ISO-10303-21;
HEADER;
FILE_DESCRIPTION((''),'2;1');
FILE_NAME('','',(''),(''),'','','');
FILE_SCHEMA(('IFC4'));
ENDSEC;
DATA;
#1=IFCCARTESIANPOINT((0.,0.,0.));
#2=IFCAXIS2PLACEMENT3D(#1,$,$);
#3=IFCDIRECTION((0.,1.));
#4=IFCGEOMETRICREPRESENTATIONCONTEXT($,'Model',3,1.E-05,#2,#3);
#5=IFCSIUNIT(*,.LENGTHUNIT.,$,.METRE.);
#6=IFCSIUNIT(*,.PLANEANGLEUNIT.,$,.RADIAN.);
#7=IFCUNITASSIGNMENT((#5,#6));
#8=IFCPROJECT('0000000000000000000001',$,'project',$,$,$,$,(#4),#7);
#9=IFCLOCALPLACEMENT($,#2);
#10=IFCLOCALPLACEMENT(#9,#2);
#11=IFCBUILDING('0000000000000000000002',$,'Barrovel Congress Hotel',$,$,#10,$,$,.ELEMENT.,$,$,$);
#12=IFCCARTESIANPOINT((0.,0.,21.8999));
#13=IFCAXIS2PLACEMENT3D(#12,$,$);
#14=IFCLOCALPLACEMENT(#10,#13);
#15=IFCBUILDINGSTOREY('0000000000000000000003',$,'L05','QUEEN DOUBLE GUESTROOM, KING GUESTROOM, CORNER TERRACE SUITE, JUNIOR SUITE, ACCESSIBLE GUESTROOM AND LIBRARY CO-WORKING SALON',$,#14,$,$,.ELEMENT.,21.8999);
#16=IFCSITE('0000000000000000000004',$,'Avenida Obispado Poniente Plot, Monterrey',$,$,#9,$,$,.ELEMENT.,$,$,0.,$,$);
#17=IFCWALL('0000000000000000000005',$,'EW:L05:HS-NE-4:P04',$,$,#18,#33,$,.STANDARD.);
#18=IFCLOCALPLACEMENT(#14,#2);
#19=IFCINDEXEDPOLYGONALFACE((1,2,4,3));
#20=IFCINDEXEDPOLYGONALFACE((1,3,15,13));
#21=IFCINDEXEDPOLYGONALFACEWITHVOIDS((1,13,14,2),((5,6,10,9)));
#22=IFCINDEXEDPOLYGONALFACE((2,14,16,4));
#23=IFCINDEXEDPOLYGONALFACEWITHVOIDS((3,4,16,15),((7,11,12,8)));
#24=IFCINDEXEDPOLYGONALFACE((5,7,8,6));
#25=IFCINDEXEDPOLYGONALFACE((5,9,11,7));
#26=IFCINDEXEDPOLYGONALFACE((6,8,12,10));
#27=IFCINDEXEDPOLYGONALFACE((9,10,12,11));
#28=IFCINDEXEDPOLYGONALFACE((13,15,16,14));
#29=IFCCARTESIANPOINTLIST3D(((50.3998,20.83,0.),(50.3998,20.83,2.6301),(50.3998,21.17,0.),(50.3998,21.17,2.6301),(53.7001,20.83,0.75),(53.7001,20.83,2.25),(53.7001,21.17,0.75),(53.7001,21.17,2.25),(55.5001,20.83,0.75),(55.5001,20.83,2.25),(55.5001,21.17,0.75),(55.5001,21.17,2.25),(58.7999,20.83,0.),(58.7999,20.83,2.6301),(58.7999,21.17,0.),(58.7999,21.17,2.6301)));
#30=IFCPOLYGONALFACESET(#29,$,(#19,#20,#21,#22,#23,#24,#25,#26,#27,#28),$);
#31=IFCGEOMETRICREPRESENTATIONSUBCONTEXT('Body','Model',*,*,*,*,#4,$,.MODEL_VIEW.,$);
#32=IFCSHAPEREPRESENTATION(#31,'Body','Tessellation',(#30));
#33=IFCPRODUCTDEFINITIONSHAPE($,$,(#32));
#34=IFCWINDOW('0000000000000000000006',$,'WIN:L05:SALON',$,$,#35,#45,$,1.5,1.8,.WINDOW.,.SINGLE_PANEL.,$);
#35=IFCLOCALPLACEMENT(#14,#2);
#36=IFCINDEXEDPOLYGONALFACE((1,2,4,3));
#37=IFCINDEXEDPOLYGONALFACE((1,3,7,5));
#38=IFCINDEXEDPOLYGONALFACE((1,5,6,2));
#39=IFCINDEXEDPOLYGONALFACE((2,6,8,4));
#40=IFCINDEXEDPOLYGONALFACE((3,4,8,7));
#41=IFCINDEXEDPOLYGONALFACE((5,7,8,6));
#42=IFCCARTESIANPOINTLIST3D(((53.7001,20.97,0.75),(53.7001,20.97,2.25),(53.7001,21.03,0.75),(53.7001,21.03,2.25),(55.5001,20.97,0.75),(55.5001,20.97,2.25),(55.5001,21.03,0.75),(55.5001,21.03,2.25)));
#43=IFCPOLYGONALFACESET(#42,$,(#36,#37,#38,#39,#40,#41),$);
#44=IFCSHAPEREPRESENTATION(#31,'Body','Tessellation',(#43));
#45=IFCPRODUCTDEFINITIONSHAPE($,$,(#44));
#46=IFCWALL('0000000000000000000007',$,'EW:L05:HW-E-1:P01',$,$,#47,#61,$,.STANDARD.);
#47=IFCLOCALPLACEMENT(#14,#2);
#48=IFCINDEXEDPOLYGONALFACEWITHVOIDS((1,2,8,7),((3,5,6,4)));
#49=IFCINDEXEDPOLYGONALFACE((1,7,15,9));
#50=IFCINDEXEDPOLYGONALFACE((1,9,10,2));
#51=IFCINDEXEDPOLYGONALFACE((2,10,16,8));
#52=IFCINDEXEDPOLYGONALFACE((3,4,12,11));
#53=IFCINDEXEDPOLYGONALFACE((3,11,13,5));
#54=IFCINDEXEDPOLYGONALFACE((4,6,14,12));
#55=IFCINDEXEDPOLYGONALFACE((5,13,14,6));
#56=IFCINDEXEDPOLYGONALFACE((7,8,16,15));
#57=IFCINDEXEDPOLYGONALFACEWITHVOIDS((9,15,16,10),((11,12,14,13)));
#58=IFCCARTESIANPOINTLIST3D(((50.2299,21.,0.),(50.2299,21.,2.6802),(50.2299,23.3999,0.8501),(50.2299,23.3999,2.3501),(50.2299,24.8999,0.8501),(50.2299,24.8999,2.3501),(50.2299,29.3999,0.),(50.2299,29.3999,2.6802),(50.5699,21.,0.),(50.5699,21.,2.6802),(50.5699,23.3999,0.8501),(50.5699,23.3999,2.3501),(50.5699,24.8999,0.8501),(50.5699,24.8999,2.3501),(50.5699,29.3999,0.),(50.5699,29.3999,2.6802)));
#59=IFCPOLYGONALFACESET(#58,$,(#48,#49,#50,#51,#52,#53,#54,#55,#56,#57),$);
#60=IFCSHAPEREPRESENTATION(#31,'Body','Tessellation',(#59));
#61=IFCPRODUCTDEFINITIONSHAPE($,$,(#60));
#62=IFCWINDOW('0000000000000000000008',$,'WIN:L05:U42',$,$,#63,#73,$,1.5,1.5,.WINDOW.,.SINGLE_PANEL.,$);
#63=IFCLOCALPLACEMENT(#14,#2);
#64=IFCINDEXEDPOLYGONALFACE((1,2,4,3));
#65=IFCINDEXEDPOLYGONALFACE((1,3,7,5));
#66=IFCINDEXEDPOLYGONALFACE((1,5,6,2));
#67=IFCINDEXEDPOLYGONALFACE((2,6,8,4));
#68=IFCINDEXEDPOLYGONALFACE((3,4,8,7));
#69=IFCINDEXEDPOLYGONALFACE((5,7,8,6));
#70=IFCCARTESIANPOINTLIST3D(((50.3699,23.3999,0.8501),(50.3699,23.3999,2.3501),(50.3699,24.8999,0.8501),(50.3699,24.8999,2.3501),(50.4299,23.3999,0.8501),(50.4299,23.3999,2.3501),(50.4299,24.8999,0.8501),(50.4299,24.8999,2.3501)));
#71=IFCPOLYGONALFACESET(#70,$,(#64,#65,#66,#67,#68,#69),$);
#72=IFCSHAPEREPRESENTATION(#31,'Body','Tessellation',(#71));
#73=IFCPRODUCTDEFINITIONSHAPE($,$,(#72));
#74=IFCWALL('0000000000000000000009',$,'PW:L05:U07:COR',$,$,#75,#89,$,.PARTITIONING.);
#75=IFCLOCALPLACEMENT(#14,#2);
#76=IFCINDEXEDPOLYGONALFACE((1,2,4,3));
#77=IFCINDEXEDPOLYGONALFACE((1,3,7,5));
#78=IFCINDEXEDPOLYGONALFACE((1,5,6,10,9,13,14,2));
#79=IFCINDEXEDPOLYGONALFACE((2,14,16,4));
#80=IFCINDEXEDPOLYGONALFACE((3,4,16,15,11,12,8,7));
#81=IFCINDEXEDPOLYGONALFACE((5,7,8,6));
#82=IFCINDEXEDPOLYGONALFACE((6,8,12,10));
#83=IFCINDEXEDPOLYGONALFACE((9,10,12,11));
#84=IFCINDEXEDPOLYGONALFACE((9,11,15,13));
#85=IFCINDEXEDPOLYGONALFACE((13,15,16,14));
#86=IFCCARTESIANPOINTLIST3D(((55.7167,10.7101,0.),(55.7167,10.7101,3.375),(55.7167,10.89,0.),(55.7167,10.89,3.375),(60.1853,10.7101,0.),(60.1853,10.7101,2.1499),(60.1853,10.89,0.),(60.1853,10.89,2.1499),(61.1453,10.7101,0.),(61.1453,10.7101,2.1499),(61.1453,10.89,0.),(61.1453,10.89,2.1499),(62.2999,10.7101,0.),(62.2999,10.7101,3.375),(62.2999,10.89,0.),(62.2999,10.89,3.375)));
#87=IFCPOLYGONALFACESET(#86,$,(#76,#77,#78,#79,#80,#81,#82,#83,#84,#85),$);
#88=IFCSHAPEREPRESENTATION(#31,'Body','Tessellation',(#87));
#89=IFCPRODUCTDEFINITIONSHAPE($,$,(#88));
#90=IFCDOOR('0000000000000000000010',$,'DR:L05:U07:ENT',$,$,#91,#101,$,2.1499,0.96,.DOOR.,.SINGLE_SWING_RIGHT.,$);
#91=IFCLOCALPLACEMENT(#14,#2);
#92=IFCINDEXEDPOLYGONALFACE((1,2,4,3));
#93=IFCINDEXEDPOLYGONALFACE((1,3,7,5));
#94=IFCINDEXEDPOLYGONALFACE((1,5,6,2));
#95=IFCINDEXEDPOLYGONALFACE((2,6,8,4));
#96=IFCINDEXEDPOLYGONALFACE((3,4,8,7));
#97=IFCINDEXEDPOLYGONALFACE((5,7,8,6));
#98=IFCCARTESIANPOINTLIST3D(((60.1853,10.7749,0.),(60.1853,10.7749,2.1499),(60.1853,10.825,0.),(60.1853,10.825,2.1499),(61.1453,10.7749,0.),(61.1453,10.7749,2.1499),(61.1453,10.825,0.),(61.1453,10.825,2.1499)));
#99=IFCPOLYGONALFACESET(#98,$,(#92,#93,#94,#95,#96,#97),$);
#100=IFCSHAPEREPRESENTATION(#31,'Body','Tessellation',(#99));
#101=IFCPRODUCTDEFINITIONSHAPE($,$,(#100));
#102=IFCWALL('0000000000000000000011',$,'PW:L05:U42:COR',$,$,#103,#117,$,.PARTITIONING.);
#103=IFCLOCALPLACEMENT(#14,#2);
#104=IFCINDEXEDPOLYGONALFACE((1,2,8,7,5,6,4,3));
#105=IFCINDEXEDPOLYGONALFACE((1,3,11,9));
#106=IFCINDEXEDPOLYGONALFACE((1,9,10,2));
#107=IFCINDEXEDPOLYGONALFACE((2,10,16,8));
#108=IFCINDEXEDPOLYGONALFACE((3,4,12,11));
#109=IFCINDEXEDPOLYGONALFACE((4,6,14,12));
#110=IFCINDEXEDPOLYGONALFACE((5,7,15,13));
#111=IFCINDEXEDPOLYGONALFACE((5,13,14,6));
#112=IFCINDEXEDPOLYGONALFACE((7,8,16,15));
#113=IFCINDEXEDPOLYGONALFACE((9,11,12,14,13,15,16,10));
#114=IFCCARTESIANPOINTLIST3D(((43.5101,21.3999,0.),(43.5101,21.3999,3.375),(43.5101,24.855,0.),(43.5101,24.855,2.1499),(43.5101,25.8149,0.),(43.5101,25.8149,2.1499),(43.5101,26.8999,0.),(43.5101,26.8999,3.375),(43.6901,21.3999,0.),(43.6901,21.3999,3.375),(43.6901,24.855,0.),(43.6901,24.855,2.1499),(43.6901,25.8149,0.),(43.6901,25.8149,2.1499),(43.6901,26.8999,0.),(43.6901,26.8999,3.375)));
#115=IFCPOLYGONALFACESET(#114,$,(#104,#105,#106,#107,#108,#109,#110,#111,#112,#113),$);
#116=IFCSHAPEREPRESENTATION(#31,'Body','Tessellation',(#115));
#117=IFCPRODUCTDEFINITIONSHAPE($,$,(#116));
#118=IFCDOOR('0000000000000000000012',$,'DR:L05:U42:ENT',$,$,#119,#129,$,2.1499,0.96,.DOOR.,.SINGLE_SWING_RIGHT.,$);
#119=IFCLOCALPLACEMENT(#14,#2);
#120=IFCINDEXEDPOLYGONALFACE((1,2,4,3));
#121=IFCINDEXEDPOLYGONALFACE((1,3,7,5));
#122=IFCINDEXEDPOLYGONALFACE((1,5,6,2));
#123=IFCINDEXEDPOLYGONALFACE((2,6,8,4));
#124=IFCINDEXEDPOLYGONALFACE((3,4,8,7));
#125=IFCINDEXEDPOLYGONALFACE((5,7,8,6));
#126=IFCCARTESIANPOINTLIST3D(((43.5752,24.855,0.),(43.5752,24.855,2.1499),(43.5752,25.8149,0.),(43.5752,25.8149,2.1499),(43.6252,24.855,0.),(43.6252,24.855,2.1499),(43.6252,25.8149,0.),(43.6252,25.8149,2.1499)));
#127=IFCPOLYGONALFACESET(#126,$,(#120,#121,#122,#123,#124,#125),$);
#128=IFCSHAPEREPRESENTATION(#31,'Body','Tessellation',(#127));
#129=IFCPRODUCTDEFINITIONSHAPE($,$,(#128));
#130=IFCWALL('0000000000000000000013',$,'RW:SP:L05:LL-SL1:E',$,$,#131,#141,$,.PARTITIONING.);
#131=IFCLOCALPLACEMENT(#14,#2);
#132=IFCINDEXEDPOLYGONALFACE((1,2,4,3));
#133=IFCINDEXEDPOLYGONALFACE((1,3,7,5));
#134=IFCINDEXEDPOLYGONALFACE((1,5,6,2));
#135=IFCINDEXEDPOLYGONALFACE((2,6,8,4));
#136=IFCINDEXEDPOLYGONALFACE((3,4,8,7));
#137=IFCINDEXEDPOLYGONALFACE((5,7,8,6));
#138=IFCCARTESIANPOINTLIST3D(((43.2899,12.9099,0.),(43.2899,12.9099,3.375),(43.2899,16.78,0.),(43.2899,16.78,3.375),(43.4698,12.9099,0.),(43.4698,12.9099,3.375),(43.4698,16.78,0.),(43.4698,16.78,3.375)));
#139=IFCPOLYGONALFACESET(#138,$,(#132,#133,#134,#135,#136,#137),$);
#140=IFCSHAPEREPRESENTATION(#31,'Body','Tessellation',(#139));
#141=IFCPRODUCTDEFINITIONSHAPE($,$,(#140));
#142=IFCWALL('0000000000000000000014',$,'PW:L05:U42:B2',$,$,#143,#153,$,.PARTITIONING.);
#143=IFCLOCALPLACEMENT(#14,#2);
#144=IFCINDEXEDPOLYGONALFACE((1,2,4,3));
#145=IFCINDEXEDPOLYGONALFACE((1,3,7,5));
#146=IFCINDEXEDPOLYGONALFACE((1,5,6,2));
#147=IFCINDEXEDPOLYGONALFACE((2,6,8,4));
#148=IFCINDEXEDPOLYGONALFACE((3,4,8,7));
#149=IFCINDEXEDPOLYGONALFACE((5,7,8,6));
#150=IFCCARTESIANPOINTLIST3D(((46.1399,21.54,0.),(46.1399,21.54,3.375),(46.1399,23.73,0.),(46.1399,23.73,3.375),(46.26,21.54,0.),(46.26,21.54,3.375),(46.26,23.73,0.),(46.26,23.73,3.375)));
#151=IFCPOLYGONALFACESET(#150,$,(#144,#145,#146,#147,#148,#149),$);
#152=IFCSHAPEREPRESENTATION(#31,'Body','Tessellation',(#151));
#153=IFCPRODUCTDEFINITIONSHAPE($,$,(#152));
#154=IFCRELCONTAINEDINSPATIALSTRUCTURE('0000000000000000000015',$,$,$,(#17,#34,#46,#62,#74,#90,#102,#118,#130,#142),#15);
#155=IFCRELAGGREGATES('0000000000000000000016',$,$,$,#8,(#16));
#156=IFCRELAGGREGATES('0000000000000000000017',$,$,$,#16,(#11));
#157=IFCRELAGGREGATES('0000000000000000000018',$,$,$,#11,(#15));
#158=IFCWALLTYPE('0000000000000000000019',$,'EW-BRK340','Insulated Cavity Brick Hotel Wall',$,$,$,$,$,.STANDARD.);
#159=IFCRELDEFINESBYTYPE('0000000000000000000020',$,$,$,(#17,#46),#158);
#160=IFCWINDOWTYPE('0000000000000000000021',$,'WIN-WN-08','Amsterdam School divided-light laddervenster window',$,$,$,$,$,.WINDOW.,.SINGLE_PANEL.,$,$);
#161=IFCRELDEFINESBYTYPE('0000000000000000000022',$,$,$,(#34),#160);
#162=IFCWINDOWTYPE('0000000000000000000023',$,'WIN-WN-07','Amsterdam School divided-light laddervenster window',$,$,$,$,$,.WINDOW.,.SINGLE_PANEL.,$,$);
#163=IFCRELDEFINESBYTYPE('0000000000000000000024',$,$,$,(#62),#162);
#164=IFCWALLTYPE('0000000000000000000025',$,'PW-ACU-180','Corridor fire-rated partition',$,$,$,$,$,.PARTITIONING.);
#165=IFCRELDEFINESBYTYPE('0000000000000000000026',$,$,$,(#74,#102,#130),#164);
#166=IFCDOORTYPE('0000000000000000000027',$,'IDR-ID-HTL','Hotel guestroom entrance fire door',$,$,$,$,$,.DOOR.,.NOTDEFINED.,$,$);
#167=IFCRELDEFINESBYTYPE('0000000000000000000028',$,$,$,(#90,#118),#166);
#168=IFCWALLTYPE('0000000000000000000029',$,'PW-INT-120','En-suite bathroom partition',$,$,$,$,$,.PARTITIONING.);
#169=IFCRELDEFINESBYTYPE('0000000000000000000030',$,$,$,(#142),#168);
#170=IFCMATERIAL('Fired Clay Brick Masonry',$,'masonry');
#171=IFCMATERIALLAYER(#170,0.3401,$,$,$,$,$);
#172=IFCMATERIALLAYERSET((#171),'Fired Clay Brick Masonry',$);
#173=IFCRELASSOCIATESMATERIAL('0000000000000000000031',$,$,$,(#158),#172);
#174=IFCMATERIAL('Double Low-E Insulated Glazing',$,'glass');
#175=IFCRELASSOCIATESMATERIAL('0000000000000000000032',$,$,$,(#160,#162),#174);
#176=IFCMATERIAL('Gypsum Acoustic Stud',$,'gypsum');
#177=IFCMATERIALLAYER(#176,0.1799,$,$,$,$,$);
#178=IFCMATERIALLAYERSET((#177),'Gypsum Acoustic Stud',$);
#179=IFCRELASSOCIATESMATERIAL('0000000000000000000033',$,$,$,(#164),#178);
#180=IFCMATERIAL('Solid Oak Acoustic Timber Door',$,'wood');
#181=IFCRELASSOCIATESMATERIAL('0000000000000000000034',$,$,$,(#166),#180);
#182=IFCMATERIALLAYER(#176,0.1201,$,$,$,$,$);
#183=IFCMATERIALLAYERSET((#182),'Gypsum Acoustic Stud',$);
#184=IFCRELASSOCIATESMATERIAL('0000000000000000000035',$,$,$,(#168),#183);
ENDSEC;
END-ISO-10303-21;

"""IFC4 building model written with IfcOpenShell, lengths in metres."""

from ifc_helpers import new_model, si_unit, direction, frame, frame_2d, origin, place, context, subcontext, project, spatial, rectangle, extrude, material, layer, layer_set, type_object, element, fill, save


model = new_model("IFC4")

# Units and contexts
model_context = context("Model", 3, precision=1e-05, world=origin(), true_north=direction((0.0, 1.0)))
body_context = subcontext(model_context, "Body", "Model", "MODEL_VIEW")
ifc_project = project(units=[si_unit("LENGTHUNIT", "METRE"), si_unit("PLANEANGLEUNIT", "RADIAN")], contexts=[model_context])

# Site, building, storey
site_placement = place(None, origin())
site = spatial("IfcSite", under=ifc_project, at=site_placement, Name="Avenida Obispado Poniente Plot, Monterrey", CompositionType="ELEMENT", RefElevation=0.0)
building_placement = place(site_placement, origin())
building = spatial("IfcBuilding", under=site, at=building_placement, Name="Barrovel Congress Hotel", CompositionType="ELEMENT")
storey_placement = place(building_placement, frame((0.0, 0.0, 21.8999)))
storey = spatial("IfcBuildingStorey", under=building, at=storey_placement, Name="L05", Description="QUEEN DOUBLE GUESTROOM, KING GUESTROOM, CORNER TERRACE SUITE, JUNIOR SUITE, ACCESSIBLE GUESTROOM AND LIBRARY CO-WORKING SALON", CompositionType="ELEMENT", Elevation=21.8999)

# Walls, openings, windows
ifc_material_1 = material(Name="Fired Clay Brick Masonry", Category="masonry")
ifc_layer_1 = layer(ifc_material_1, 0.3401)
ifc_layer_set_1 = layer_set([ifc_layer_1], Name="Fired Clay Brick Masonry")
wall_type_1 = type_object("IfcWallType", Name="EW-BRK340", Description="Insulated Cavity Brick Hotel Wall", PredefinedType="STANDARD", material=ifc_layer_set_1)
wall_1_placement = place(storey_placement, frame((58.8, 21.0, 0.0), z_axis=(0.0, 0.0, 1.0), x_axis=(-1.0, 0.0, 0.0)))
wall_1 = element("IfcWall", 1, at=wall_1_placement, inside=storey, type_object=wall_type_1, Name="EW:L05:HS-NE-4:P04", PredefinedType="STANDARD", context=body_context, shape_type="SweptSolid", body=[
    extrude(rectangle(XDim=8.4001, YDim=0.3401, at=frame_2d((4.2002, 0.0))), origin(), (0.0, 0.0, 1.0), 2.6301),
])
opening_1_placement = place(wall_1_placement, frame((3.3, 0.0, 0.75)))
opening_1 = element("IfcOpeningElement", 2, at=opening_1_placement, cuts=wall_1, PredefinedType="OPENING", context=body_context, shape_type="SweptSolid", body=[
    extrude(rectangle(XDim=1.8, YDim=1.5, at=frame_2d((0.8999, 0.75))), frame((0.0, 0.1802, 0.0), z_axis=(0.0, -1.0, 0.0), x_axis=(1.0, 0.0, 0.0)), (0.0, 0.0, 1.0), 0.3601),
])
ifc_material_2 = material(Name="Double Low-E Insulated Glazing", Category="glass")
window_type_1 = type_object("IfcWindowType", Name="WIN-WN-08", Description="Amsterdam School divided-light laddervenster window", PartitioningType="SINGLE_PANEL", PredefinedType="WINDOW", material=ifc_material_2)
window_1_placement = place(opening_1_placement, origin())
window_1 = element("IfcWindow", 3, at=window_1_placement, inside=storey, type_object=window_type_1, Name="WIN:L05:SALON", OverallHeight=1.5, OverallWidth=1.8, PartitioningType="SINGLE_PANEL", PredefinedType="WINDOW", context=body_context, shape_type="SweptSolid", body=[
    extrude(rectangle(XDim=1.8, YDim=1.5, at=frame_2d((0.8999, 0.75))), frame((0.0, 0.03, 0.0), z_axis=(0.0, -1.0, 0.0), x_axis=(1.0, 0.0, 0.0)), (0.0, 0.0, 1.0), 0.0601),
])
fill(opening_1, window_1)
wall_2_placement = place(storey_placement, frame((50.3999, 21.0, 0.0), z_axis=(0.0, 0.0, 1.0), x_axis=(0.0, 1.0, 0.0)))
wall_2 = element("IfcWall", 4, at=wall_2_placement, inside=storey, type_object=wall_type_1, Name="EW:L05:HW-E-1:P01", PredefinedType="STANDARD", context=body_context, shape_type="SweptSolid", body=[
    extrude(rectangle(XDim=8.3999, YDim=0.3401, at=frame_2d((4.2, 0.0))), origin(), (0.0, 0.0, 1.0), 2.6802),
])
opening_2_placement = place(wall_2_placement, frame((2.3999, 0.0, 0.8501)))
opening_2 = element("IfcOpeningElement", 5, at=opening_2_placement, cuts=wall_2, PredefinedType="OPENING", context=body_context, shape_type="SweptSolid", body=[
    extrude(rectangle(XDim=1.5, YDim=1.5, at=frame_2d((0.75, 0.75))), frame((0.0, 0.1802, 0.0), z_axis=(0.0, -1.0, 0.0), x_axis=(1.0, 0.0, 0.0)), (0.0, 0.0, 1.0), 0.3601),
])
window_type_2 = type_object("IfcWindowType", Name="WIN-WN-07", Description="Amsterdam School divided-light laddervenster window", PartitioningType="SINGLE_PANEL", PredefinedType="WINDOW", material=ifc_material_2)
window_2_placement = place(opening_2_placement, origin())
window_2 = element("IfcWindow", 6, at=window_2_placement, inside=storey, type_object=window_type_2, Name="WIN:L05:U42", OverallHeight=1.5, OverallWidth=1.5, PartitioningType="SINGLE_PANEL", PredefinedType="WINDOW", context=body_context, shape_type="SweptSolid", body=[
    extrude(rectangle(XDim=1.5, YDim=1.5, at=frame_2d((0.75, 0.75))), frame((0.0, 0.03, 0.0), z_axis=(0.0, -1.0, 0.0), x_axis=(1.0, 0.0, 0.0)), (0.0, 0.0, 1.0), 0.0601),
])
fill(opening_2, window_2)

# Walls, openings, doors
ifc_material_3 = material(Name="Gypsum Acoustic Stud", Category="gypsum")
ifc_layer_2 = layer(ifc_material_3, 0.1799)
ifc_layer_set_2 = layer_set([ifc_layer_2], Name="Gypsum Acoustic Stud")
wall_type_2 = type_object("IfcWallType", Name="PW-ACU-180", Description="Corridor fire-rated partition", PredefinedType="PARTITIONING", material=ifc_layer_set_2)
wall_3_placement = place(storey_placement, frame((55.7168, 10.8, 0.0), z_axis=(0.0, 0.0, 1.0), x_axis=(1.0, 0.0, 0.0)))
wall_3 = element("IfcWall", 7, at=wall_3_placement, inside=storey, type_object=wall_type_2, Name="PW:L05:U07:COR", PredefinedType="PARTITIONING", context=body_context, shape_type="SweptSolid", body=[
    extrude(rectangle(XDim=6.5833, YDim=0.1799, at=frame_2d((3.2915, 0.0))), origin(), (0.0, 0.0, 1.0), 3.375),
])
opening_3_placement = place(wall_3_placement, frame((4.4685, 0.0, 0.0)))
opening_3 = element("IfcOpeningElement", 8, at=opening_3_placement, cuts=wall_3, PredefinedType="OPENING", context=body_context, shape_type="SweptSolid", body=[
    extrude(rectangle(XDim=0.96, YDim=2.1499, at=frame_2d((0.48, 1.075))), frame((0.0, 0.1001, 0.0), z_axis=(0.0, -1.0, 0.0), x_axis=(1.0, 0.0, 0.0)), (0.0, 0.0, 1.0), 0.2),
])
ifc_material_4 = material(Name="Solid Oak Acoustic Timber Door", Category="wood")
door_type_1 = type_object("IfcDoorType", Name="IDR-ID-HTL", Description="Hotel guestroom entrance fire door", OperationType="NOTDEFINED", PredefinedType="DOOR", material=ifc_material_4)
door_1_placement = place(opening_3_placement, origin())
door_1 = element("IfcDoor", 9, at=door_1_placement, inside=storey, type_object=door_type_1, Name="DR:L05:U07:ENT", OperationType="SINGLE_SWING_RIGHT", OverallHeight=2.1499, OverallWidth=0.96, PredefinedType="DOOR", context=body_context, shape_type="SweptSolid", body=[
    extrude(rectangle(XDim=0.96, YDim=2.1499, at=frame_2d((0.48, 1.075))), frame((0.0, 0.0249, 0.0), z_axis=(0.0, -1.0, 0.0), x_axis=(1.0, 0.0, 0.0)), (0.0, 0.0, 1.0), 0.05),
])
fill(opening_3, door_1)
wall_4_placement = place(storey_placement, frame((43.6001, 21.3999, 0.0), z_axis=(0.0, 0.0, 1.0), x_axis=(0.0, 1.0, 0.0)))
wall_4 = element("IfcWall", 10, at=wall_4_placement, inside=storey, type_object=wall_type_2, Name="PW:L05:U42:COR", PredefinedType="PARTITIONING", context=body_context, shape_type="SweptSolid", body=[
    extrude(rectangle(XDim=5.5, YDim=0.1799, at=frame_2d((2.75, 0.0))), origin(), (0.0, 0.0, 1.0), 3.375),
])
opening_4_placement = place(wall_4_placement, frame((3.4551, 0.0, 0.0)))
opening_4 = element("IfcOpeningElement", 11, at=opening_4_placement, cuts=wall_4, PredefinedType="OPENING", context=body_context, shape_type="SweptSolid", body=[
    extrude(rectangle(XDim=0.96, YDim=2.1499, at=frame_2d((0.48, 1.075))), frame((0.0, 0.1001, 0.0), z_axis=(0.0, -1.0, 0.0), x_axis=(1.0, 0.0, 0.0)), (0.0, 0.0, 1.0), 0.2),
])
door_2_placement = place(opening_4_placement, origin())
door_2 = element("IfcDoor", 12, at=door_2_placement, inside=storey, type_object=door_type_1, Name="DR:L05:U42:ENT", OperationType="SINGLE_SWING_RIGHT", OverallHeight=2.1499, OverallWidth=0.96, PredefinedType="DOOR", context=body_context, shape_type="SweptSolid", body=[
    extrude(rectangle(XDim=0.96, YDim=2.1499, at=frame_2d((0.48, 1.075))), frame((0.0, 0.0249, 0.0), z_axis=(0.0, -1.0, 0.0), x_axis=(1.0, 0.0, 0.0)), (0.0, 0.0, 1.0), 0.05),
])
fill(opening_4, door_2)

# Walls
wall_5_placement = place(storey_placement, frame((43.3799, 12.9099, 0.0), z_axis=(0.0, 0.0, 1.0), x_axis=(0.0, 1.0, 0.0)))
element("IfcWall", 13, at=wall_5_placement, inside=storey, type_object=wall_type_2, Name="RW:SP:L05:LL-SL1:E", PredefinedType="PARTITIONING", context=body_context, shape_type="SweptSolid", body=[
    extrude(rectangle(XDim=3.8701, YDim=0.1799, at=frame_2d((1.9351, 0.0))), origin(), (0.0, 0.0, 1.0), 3.375),
])
ifc_layer_3 = layer(ifc_material_3, 0.1201)
ifc_layer_set_3 = layer_set([ifc_layer_3], Name="Gypsum Acoustic Stud")
wall_type_3 = type_object("IfcWallType", Name="PW-INT-120", Description="En-suite bathroom partition", PredefinedType="PARTITIONING", material=ifc_layer_set_3)
wall_6_placement = place(storey_placement, frame((46.2, 21.54, 0.0), z_axis=(0.0, 0.0, 1.0), x_axis=(0.0, 1.0, 0.0)))
element("IfcWall", 14, at=wall_6_placement, inside=storey, type_object=wall_type_3, Name="PW:L05:U42:B2", PredefinedType="PARTITIONING", context=body_context, shape_type="SweptSolid", body=[
    extrude(rectangle(XDim=2.1899, YDim=0.1201, at=frame_2d((1.095, 0.0))), origin(), (0.0, 0.0, 1.0), 3.375),
])

save(model, "model.ifc")
